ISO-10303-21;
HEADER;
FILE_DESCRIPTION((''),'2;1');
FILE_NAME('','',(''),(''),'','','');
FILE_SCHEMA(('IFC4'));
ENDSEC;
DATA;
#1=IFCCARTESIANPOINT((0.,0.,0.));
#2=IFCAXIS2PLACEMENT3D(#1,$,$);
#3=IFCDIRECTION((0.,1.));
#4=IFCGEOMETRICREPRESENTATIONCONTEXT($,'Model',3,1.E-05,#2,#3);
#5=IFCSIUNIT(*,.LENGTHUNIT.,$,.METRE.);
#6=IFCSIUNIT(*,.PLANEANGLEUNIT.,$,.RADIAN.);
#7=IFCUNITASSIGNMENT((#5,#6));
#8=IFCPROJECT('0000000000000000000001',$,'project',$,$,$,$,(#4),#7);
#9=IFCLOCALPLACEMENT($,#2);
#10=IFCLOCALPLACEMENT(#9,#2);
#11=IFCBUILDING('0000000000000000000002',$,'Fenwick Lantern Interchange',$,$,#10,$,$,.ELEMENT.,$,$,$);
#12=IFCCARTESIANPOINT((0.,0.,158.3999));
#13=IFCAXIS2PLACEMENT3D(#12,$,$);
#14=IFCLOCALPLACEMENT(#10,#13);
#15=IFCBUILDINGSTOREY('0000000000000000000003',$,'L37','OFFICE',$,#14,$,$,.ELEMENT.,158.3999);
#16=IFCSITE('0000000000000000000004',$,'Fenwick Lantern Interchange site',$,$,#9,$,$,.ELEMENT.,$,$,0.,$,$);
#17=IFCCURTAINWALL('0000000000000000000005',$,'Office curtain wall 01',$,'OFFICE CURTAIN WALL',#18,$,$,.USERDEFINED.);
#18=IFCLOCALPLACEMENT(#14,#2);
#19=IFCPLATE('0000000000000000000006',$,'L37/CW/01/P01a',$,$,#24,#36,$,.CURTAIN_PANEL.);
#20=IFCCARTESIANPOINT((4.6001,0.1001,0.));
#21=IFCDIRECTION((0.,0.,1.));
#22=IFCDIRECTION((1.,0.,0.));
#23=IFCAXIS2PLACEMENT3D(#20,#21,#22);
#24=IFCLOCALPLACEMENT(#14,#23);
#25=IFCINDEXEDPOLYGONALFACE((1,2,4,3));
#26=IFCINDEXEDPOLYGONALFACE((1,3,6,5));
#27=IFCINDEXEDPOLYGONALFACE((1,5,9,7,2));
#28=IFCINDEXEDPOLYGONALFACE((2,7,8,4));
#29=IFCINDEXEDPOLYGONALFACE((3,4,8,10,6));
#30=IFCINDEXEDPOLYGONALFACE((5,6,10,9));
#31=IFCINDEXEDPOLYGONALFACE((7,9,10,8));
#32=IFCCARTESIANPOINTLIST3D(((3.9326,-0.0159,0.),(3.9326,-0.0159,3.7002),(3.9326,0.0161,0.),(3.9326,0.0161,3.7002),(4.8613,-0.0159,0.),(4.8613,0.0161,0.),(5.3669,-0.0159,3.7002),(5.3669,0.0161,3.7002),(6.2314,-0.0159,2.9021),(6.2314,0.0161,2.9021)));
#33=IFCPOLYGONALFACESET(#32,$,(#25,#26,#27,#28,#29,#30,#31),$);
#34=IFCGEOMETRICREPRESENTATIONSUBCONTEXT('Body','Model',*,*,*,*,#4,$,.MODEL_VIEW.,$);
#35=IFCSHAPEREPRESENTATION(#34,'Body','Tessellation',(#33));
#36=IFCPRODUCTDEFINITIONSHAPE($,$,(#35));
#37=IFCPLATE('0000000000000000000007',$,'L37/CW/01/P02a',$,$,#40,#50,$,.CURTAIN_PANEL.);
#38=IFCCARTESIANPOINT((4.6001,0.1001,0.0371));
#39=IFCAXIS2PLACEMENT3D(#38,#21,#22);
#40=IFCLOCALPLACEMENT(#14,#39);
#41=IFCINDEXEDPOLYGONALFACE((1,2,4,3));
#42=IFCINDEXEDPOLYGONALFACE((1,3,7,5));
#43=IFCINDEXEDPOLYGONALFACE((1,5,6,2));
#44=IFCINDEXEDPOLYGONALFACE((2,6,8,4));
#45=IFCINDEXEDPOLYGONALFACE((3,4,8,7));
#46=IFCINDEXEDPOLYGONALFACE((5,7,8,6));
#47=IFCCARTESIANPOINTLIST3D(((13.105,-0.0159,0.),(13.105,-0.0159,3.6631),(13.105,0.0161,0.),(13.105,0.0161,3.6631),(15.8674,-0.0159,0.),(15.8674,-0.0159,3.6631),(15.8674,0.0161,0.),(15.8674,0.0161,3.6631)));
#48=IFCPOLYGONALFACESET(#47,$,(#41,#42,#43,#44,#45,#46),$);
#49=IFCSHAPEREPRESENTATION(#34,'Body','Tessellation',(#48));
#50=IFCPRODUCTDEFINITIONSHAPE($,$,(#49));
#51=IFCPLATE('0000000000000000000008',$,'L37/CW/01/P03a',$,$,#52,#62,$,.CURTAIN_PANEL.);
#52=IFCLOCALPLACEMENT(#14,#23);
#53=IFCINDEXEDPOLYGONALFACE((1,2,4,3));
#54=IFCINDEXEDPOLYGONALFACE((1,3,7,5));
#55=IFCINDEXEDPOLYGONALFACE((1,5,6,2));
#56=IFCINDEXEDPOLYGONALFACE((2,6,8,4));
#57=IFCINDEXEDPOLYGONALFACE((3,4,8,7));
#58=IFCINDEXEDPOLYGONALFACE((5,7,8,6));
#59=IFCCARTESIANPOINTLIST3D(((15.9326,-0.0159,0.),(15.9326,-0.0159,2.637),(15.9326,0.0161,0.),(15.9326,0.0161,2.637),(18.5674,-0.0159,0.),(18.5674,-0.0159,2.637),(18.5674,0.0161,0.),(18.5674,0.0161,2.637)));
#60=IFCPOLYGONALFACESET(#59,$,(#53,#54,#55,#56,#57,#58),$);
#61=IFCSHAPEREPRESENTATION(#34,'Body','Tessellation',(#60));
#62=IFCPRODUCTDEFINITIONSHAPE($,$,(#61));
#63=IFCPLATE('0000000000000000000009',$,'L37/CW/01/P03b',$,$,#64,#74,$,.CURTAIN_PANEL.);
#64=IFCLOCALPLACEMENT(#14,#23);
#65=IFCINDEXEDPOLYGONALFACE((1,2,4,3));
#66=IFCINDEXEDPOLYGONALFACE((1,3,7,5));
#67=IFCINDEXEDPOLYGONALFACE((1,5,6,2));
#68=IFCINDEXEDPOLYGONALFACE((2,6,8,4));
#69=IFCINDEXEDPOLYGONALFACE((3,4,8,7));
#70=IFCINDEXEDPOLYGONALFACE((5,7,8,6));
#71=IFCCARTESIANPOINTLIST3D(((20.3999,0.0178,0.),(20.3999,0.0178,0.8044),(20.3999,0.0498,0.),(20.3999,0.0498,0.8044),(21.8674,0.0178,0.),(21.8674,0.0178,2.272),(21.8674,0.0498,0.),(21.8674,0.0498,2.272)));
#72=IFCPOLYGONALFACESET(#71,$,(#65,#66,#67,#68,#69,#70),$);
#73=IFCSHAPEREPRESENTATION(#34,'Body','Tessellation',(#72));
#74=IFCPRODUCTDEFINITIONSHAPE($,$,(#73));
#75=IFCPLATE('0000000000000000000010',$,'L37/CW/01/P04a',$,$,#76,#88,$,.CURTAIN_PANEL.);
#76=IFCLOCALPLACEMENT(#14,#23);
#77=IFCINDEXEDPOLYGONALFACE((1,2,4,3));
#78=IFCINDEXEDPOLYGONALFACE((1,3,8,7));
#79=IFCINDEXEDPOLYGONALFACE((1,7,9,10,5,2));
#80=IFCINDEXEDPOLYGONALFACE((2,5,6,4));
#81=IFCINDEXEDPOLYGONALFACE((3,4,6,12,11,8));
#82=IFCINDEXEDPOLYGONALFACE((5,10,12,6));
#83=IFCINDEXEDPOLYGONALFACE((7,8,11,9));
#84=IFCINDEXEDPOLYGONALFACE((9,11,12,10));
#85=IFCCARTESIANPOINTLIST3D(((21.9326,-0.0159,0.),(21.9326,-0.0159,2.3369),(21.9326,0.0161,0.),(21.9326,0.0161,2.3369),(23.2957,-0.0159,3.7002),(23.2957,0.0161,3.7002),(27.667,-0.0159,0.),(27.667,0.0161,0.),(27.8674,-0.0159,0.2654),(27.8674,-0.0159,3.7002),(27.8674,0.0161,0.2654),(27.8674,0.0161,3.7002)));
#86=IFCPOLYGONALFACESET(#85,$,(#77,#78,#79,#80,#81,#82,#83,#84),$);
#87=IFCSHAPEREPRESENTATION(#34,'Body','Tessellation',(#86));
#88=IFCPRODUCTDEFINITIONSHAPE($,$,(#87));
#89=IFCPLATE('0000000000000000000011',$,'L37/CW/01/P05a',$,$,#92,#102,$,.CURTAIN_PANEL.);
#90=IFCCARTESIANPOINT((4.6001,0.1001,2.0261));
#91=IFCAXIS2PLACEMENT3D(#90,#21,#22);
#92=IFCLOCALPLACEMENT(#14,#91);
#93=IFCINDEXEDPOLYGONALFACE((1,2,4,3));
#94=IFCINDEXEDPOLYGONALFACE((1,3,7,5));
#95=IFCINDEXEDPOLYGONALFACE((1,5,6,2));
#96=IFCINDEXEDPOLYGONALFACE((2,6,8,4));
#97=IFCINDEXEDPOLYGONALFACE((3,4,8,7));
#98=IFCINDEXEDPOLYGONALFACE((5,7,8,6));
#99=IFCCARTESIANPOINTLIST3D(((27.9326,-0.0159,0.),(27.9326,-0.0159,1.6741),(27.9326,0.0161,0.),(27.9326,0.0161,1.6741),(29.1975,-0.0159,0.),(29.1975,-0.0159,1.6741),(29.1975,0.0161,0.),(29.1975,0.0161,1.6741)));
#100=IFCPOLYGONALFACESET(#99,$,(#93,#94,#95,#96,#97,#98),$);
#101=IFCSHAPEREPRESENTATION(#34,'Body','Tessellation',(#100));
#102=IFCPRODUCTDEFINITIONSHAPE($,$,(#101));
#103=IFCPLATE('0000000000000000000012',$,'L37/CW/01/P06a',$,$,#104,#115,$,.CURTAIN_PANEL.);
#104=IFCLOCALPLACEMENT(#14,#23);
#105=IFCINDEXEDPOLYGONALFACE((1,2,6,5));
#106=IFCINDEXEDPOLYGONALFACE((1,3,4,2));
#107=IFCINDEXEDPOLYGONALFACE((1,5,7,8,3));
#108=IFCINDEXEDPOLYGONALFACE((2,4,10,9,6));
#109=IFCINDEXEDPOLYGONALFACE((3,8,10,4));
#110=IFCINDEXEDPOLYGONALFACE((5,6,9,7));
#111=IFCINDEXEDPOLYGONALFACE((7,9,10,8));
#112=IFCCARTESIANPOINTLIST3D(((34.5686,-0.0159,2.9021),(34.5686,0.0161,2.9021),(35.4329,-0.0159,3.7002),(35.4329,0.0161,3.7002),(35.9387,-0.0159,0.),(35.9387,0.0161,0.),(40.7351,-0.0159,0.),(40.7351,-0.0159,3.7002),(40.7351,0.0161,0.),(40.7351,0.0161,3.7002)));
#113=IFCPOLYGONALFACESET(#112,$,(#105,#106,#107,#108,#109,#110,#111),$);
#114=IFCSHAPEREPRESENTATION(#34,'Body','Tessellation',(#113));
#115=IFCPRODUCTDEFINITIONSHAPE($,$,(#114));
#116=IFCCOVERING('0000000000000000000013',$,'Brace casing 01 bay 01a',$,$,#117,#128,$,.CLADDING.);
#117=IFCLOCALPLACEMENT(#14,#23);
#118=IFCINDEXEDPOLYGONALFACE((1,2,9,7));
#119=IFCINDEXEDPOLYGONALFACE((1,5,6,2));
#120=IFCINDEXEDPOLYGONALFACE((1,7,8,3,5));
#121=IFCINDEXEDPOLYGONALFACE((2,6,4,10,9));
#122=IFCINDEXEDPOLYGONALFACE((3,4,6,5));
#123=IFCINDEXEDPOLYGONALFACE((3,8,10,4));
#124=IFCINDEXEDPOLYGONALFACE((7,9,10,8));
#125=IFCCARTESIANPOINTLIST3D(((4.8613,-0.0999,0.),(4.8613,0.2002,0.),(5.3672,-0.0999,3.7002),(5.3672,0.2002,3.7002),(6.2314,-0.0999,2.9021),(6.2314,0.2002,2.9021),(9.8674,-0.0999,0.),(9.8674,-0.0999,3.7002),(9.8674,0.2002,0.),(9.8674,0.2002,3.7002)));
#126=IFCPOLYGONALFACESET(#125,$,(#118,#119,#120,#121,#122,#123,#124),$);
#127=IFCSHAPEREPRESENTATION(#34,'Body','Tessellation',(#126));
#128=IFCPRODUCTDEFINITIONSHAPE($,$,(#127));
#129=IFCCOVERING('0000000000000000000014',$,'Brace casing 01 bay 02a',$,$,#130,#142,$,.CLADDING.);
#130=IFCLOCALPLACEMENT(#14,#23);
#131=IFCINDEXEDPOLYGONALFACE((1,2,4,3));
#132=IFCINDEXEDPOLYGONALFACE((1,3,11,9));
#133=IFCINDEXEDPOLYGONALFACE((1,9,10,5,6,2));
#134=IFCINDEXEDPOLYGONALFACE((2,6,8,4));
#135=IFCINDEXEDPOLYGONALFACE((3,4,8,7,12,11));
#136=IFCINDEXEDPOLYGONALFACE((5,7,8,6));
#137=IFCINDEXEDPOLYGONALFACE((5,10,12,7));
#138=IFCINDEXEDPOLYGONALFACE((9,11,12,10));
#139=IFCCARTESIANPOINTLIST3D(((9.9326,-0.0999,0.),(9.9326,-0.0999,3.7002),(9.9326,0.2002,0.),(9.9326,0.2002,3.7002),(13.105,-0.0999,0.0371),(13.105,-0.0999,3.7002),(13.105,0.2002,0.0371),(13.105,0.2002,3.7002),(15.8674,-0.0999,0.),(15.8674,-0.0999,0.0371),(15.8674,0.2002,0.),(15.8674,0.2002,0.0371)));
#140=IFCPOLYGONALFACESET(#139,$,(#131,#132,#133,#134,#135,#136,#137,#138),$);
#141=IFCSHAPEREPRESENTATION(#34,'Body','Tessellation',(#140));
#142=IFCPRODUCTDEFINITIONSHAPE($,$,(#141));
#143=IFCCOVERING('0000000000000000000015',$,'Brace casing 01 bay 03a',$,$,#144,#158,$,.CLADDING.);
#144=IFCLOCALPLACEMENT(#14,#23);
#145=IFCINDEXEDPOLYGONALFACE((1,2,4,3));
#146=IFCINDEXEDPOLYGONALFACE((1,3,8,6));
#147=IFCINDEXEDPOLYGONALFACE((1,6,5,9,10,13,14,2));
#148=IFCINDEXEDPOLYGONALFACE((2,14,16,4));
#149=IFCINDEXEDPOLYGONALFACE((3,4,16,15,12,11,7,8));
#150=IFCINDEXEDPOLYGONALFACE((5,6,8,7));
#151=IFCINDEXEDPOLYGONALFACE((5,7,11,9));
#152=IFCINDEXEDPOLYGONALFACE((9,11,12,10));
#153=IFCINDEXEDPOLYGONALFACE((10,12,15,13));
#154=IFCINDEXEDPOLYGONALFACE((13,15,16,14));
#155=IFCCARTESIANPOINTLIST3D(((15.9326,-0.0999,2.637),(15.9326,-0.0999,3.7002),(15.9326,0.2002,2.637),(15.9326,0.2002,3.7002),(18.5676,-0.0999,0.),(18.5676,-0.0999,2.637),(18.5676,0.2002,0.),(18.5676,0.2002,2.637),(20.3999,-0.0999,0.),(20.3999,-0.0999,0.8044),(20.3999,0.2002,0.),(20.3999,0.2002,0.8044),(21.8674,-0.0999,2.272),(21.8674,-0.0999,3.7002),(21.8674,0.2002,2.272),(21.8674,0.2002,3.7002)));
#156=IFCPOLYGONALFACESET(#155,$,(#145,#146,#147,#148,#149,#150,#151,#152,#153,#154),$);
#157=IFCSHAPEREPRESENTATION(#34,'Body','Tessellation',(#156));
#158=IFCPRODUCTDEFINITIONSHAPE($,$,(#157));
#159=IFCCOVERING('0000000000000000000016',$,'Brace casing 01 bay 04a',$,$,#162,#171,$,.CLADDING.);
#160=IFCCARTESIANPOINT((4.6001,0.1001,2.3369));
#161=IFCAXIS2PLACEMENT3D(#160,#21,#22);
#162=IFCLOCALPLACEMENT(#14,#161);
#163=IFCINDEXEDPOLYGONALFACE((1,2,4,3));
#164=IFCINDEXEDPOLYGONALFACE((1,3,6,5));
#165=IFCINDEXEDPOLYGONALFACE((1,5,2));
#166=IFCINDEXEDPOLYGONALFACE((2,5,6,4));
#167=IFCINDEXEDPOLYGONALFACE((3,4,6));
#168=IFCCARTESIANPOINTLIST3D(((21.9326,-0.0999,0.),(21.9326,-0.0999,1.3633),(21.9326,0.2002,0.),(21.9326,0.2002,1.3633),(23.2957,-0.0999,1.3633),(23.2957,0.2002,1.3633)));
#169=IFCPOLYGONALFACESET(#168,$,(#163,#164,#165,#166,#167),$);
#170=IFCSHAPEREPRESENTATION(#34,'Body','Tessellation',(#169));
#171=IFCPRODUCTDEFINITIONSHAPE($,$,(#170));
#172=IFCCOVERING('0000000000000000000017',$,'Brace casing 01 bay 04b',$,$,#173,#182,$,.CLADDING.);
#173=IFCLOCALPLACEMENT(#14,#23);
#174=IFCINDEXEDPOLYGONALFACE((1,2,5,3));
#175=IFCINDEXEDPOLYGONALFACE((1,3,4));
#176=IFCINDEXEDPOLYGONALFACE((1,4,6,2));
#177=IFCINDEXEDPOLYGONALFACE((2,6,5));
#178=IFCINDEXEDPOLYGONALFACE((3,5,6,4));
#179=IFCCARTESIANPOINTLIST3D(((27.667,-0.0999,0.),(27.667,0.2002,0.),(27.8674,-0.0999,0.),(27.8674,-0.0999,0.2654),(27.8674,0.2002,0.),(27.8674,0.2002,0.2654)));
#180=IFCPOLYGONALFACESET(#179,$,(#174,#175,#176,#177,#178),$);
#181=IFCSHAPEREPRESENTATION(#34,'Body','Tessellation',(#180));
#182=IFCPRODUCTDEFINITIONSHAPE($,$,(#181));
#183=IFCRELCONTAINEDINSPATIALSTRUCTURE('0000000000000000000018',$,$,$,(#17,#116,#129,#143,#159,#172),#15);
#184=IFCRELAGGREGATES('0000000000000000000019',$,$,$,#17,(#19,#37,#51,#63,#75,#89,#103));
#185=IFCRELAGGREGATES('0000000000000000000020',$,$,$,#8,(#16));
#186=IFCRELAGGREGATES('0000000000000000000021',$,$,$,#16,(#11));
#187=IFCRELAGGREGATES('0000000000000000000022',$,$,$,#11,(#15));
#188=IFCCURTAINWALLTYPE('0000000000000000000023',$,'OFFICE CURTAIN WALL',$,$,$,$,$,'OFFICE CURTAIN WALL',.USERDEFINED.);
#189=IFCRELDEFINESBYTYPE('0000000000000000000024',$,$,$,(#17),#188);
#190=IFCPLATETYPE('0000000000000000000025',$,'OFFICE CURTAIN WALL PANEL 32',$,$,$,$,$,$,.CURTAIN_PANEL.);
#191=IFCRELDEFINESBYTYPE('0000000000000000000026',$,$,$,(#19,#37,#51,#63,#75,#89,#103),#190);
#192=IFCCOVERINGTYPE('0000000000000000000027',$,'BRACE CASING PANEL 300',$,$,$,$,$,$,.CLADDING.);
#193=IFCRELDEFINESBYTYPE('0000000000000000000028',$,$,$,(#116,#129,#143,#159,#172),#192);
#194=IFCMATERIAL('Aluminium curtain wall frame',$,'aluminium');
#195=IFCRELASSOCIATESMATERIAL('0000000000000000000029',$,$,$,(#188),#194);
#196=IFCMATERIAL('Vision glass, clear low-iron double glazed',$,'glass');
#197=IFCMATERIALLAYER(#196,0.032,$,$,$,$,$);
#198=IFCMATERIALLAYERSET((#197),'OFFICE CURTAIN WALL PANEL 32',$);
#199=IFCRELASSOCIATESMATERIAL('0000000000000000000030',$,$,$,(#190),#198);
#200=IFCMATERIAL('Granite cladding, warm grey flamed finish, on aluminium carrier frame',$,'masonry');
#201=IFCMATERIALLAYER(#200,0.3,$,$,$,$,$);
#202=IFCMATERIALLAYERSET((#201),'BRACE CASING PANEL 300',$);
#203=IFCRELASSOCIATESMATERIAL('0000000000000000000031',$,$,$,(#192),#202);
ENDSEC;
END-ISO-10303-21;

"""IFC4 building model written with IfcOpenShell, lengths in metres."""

from ifc_helpers import new_model, si_unit, direction, frame, origin, place, context, subcontext, project, spatial, polyline, outline, extrude, material, layer, layer_set, type_object, element, aggregate, save


model = new_model("IFC4")

# Units and contexts
model_context = context("Model", 3, precision=1e-05, world=origin(), true_north=direction((0.0, 1.0)))
body_context = subcontext(model_context, "Body", "Model", "MODEL_VIEW")
ifc_project = project(units=[si_unit("LENGTHUNIT", "METRE"), si_unit("PLANEANGLEUNIT", "RADIAN")], contexts=[model_context])

# Site, building, storey
site_placement = place(None, origin())
site = spatial("IfcSite", under=ifc_project, at=site_placement, Name="Fenwick Lantern Interchange site", CompositionType="ELEMENT", RefElevation=0.0)
building_placement = place(site_placement, origin())
building = spatial("IfcBuilding", under=site, at=building_placement, Name="Fenwick Lantern Interchange", CompositionType="ELEMENT")
storey_placement = place(building_placement, frame((0.0, 0.0, 158.3999)))
storey = spatial("IfcBuildingStorey", under=building, at=storey_placement, Name="L37", Description="OFFICE", CompositionType="ELEMENT", Elevation=158.3999)

# Curtain wall
ifc_material_1 = material(Name="Aluminium curtain wall frame", Category="aluminium")
curtain_wall_type = type_object("IfcCurtainWallType", Name="OFFICE CURTAIN WALL", ElementType="OFFICE CURTAIN WALL", PredefinedType="USERDEFINED", material=ifc_material_1)
curtain_wall_1_placement = place(storey_placement, origin())
curtain_wall_1 = element("IfcCurtainWall", 1, at=curtain_wall_1_placement, inside=storey, type_object=curtain_wall_type, Name="Office curtain wall 01", ObjectType="OFFICE CURTAIN WALL", PredefinedType="USERDEFINED")

# Plates
ifc_material_2 = material(Name="Vision glass, clear low-iron double glazed", Category="glass")
ifc_layer_1 = layer(ifc_material_2, 0.032)
ifc_layer_set_1 = layer_set([ifc_layer_1], Name="OFFICE CURTAIN WALL PANEL 32")
plate_type = type_object("IfcPlateType", Name="OFFICE CURTAIN WALL PANEL 32", PredefinedType="CURTAIN_PANEL", material=ifc_layer_set_1)
plate_1_placement = place(storey_placement, frame((4.6001, 0.1001, 0.0), z_axis=(0.0, 0.0, 1.0), x_axis=(1.0, 0.0, 0.0)))
plate_1 = element("IfcPlate", 2, at=plate_1_placement, type_object=plate_type, Name="L37/CW/01/P01a", PredefinedType="CURTAIN_PANEL", context=body_context, shape_type="SweptSolid", body=[
    extrude(outline(polyline([(3.9326, 0.0), (4.8613, 0.0), (6.2314, 2.9021), (5.3669, 3.7002), (3.9326, 3.7002), (3.9326, 0.0)])), frame((0.0, 0.0161, 0.0), z_axis=(0.0, -1.0, 0.0), x_axis=(1.0, 0.0, 0.0)), (0.0, 0.0, 1.0), 0.032),
])
plate_2_placement = place(storey_placement, frame((4.6001, 0.1001, 0.0371), z_axis=(0.0, 0.0, 1.0), x_axis=(1.0, 0.0, 0.0)))
plate_2 = element("IfcPlate", 3, at=plate_2_placement, type_object=plate_type, Name="L37/CW/01/P02a", PredefinedType="CURTAIN_PANEL", context=body_context, shape_type="SweptSolid", body=[
    extrude(outline(polyline([(13.105, 0.0), (15.8674, 0.0), (15.8674, 3.6631), (13.105, 3.6631), (13.105, 0.0)])), frame((0.0, 0.0161, 0.0), z_axis=(0.0, -1.0, 0.0), x_axis=(1.0, 0.0, 0.0)), (0.0, 0.0, 1.0), 0.032),
])
plate_3_placement = place(storey_placement, frame((4.6001, 0.1001, 0.0), z_axis=(0.0, 0.0, 1.0), x_axis=(1.0, 0.0, 0.0)))
plate_3 = element("IfcPlate", 4, at=plate_3_placement, type_object=plate_type, Name="L37/CW/01/P03a", PredefinedType="CURTAIN_PANEL", context=body_context, shape_type="SweptSolid", body=[
    extrude(outline(polyline([(15.9326, 0.0), (18.5674, 0.0), (18.5674, 2.637), (15.9326, 2.637), (15.9326, 0.0)])), frame((0.0, 0.0161, 0.0), z_axis=(0.0, -1.0, 0.0), x_axis=(1.0, 0.0, 0.0)), (0.0, 0.0, 1.0), 0.032),
])
plate_4_placement = place(storey_placement, frame((4.6001, 0.1001, 0.0), z_axis=(0.0, 0.0, 1.0), x_axis=(1.0, 0.0, 0.0)))
plate_4 = element("IfcPlate", 5, at=plate_4_placement, type_object=plate_type, Name="L37/CW/01/P03b", PredefinedType="CURTAIN_PANEL", context=body_context, shape_type="SweptSolid", body=[
    extrude(outline(polyline([(20.3999, 0.0), (21.8674, 0.0), (21.8674, 2.272), (20.3999, 0.8044), (20.3999, 0.0)])), frame((0.0, 0.0498, 0.0), z_axis=(0.0, -1.0, 0.0), x_axis=(1.0, 0.0, 0.0)), (0.0, 0.0, 1.0), 0.032),
])
plate_5_placement = place(storey_placement, frame((4.6001, 0.1001, 0.0), z_axis=(0.0, 0.0, 1.0), x_axis=(1.0, 0.0, 0.0)))
plate_5 = element("IfcPlate", 6, at=plate_5_placement, type_object=plate_type, Name="L37/CW/01/P04a", PredefinedType="CURTAIN_PANEL", context=body_context, shape_type="SweptSolid", body=[
    extrude(outline(polyline([(21.9326, 0.0), (27.667, 0.0), (27.8674, 0.2654), (27.8674, 3.7002), (23.2957, 3.7002), (21.9326, 2.3369), (21.9326, 0.0)])), frame((0.0, 0.0161, 0.0), z_axis=(0.0, -1.0, 0.0), x_axis=(1.0, 0.0, 0.0)), (0.0, 0.0, 1.0), 0.032),
])
plate_6_placement = place(storey_placement, frame((4.6001, 0.1001, 2.0261), z_axis=(0.0, 0.0, 1.0), x_axis=(1.0, 0.0, 0.0)))
plate_6 = element("IfcPlate", 7, at=plate_6_placement, type_object=plate_type, Name="L37/CW/01/P05a", PredefinedType="CURTAIN_PANEL", context=body_context, shape_type="SweptSolid", body=[
    extrude(outline(polyline([(27.9326, 0.0), (29.1975, 0.0), (29.1975, 1.6741), (27.9326, 1.6741), (27.9326, 0.0)])), frame((0.0, 0.0161, 0.0), z_axis=(0.0, -1.0, 0.0), x_axis=(1.0, 0.0, 0.0)), (0.0, 0.0, 1.0), 0.032),
])
plate_7_placement = place(storey_placement, frame((4.6001, 0.1001, 0.0), z_axis=(0.0, 0.0, 1.0), x_axis=(1.0, 0.0, 0.0)))
plate_7 = element("IfcPlate", 8, at=plate_7_placement, type_object=plate_type, Name="L37/CW/01/P06a", PredefinedType="CURTAIN_PANEL", context=body_context, shape_type="SweptSolid", body=[
    extrude(outline(polyline([(35.9387, 0.0), (40.7351, 0.0), (40.7351, 3.7002), (35.4329, 3.7002), (34.5686, 2.9021), (35.9387, 0.0)])), frame((0.0, 0.0161, 0.0), z_axis=(0.0, -1.0, 0.0), x_axis=(1.0, 0.0, 0.0)), (0.0, 0.0, 1.0), 0.032),
])
aggregate(curtain_wall_1, [plate_1, plate_2, plate_3, plate_4, plate_5, plate_6, plate_7])

# Coverings
ifc_material_3 = material(Name="Granite cladding, warm grey flamed finish, on aluminium carrier frame", Category="masonry")
ifc_layer_2 = layer(ifc_material_3, 0.3)
ifc_layer_set_2 = layer_set([ifc_layer_2], Name="BRACE CASING PANEL 300")
covering_type_1 = type_object("IfcCoveringType", Name="BRACE CASING PANEL 300", PredefinedType="CLADDING", material=ifc_layer_set_2)
covering_1_placement = place(storey_placement, frame((4.6001, 0.1001, 0.0), z_axis=(0.0, 0.0, 1.0), x_axis=(1.0, 0.0, 0.0)))
element("IfcCovering", 9, at=covering_1_placement, inside=storey, type_object=covering_type_1, Name="Brace casing 01 bay 01a", PredefinedType="CLADDING", context=body_context, shape_type="SweptSolid", body=[
    extrude(outline(polyline([(4.8613, 0.0), (9.8674, 0.0), (9.8674, 3.7002), (5.3672, 3.7002), (6.2314, 2.9021), (4.8613, 0.0)])), frame((0.0, 0.2002, 0.0), z_axis=(0.0, -1.0, 0.0), x_axis=(1.0, 0.0, 0.0)), (0.0, 0.0, 1.0), 0.3),
])
covering_2_placement = place(storey_placement, frame((4.6001, 0.1001, 0.0), z_axis=(0.0, 0.0, 1.0), x_axis=(1.0, 0.0, 0.0)))
element("IfcCovering", 10, at=covering_2_placement, inside=storey, type_object=covering_type_1, Name="Brace casing 01 bay 02a", PredefinedType="CLADDING", context=body_context, shape_type="SweptSolid", body=[
    extrude(outline(polyline([(9.9326, 0.0), (15.8674, 0.0), (15.8674, 0.0371), (13.105, 0.0371), (13.105, 3.7002), (9.9326, 3.7002), (9.9326, 0.0)])), frame((0.0, 0.2002, 0.0), z_axis=(0.0, -1.0, 0.0), x_axis=(1.0, 0.0, 0.0)), (0.0, 0.0, 1.0), 0.3),
])
covering_3_placement = place(storey_placement, frame((4.6001, 0.1001, 0.0), z_axis=(0.0, 0.0, 1.0), x_axis=(1.0, 0.0, 0.0)))
element("IfcCovering", 11, at=covering_3_placement, inside=storey, type_object=covering_type_1, Name="Brace casing 01 bay 03a", PredefinedType="CLADDING", context=body_context, shape_type="SweptSolid", body=[
    extrude(outline(polyline([(18.5676, 0.0), (20.3999, 0.0), (20.3999, 0.8044), (21.8674, 2.272), (21.8674, 3.7002), (15.9326, 3.7002), (15.9326, 2.637), (18.5676, 2.637), (18.5676, 0.0)])), frame((0.0, 0.2002, 0.0), z_axis=(0.0, -1.0, 0.0), x_axis=(1.0, 0.0, 0.0)), (0.0, 0.0, 1.0), 0.3),
])
covering_4_placement = place(storey_placement, frame((4.6001, 0.1001, 2.3369), z_axis=(0.0, 0.0, 1.0), x_axis=(1.0, 0.0, 0.0)))
element("IfcCovering", 12, at=covering_4_placement, inside=storey, type_object=covering_type_1, Name="Brace casing 01 bay 04a", PredefinedType="CLADDING", context=body_context, shape_type="SweptSolid", body=[
    extrude(outline(polyline([(21.9326, 0.0), (23.2957, 1.3633), (21.9326, 1.3633), (21.9326, 0.0)])), frame((0.0, 0.2002, 0.0), z_axis=(0.0, -1.0, 0.0), x_axis=(1.0, 0.0, 0.0)), (0.0, 0.0, 1.0), 0.3),
])
covering_5_placement = place(storey_placement, frame((4.6001, 0.1001, 0.0), z_axis=(0.0, 0.0, 1.0), x_axis=(1.0, 0.0, 0.0)))
element("IfcCovering", 13, at=covering_5_placement, inside=storey, type_object=covering_type_1, Name="Brace casing 01 bay 04b", PredefinedType="CLADDING", context=body_context, shape_type="SweptSolid", body=[
    extrude(outline(polyline([(27.667, 0.0), (27.8674, 0.0), (27.8674, 0.2654), (27.667, 0.0)])), frame((0.0, 0.2002, 0.0), z_axis=(0.0, -1.0, 0.0), x_axis=(1.0, 0.0, 0.0)), (0.0, 0.0, 1.0), 0.3),
])

save(model, "model.ifc")
